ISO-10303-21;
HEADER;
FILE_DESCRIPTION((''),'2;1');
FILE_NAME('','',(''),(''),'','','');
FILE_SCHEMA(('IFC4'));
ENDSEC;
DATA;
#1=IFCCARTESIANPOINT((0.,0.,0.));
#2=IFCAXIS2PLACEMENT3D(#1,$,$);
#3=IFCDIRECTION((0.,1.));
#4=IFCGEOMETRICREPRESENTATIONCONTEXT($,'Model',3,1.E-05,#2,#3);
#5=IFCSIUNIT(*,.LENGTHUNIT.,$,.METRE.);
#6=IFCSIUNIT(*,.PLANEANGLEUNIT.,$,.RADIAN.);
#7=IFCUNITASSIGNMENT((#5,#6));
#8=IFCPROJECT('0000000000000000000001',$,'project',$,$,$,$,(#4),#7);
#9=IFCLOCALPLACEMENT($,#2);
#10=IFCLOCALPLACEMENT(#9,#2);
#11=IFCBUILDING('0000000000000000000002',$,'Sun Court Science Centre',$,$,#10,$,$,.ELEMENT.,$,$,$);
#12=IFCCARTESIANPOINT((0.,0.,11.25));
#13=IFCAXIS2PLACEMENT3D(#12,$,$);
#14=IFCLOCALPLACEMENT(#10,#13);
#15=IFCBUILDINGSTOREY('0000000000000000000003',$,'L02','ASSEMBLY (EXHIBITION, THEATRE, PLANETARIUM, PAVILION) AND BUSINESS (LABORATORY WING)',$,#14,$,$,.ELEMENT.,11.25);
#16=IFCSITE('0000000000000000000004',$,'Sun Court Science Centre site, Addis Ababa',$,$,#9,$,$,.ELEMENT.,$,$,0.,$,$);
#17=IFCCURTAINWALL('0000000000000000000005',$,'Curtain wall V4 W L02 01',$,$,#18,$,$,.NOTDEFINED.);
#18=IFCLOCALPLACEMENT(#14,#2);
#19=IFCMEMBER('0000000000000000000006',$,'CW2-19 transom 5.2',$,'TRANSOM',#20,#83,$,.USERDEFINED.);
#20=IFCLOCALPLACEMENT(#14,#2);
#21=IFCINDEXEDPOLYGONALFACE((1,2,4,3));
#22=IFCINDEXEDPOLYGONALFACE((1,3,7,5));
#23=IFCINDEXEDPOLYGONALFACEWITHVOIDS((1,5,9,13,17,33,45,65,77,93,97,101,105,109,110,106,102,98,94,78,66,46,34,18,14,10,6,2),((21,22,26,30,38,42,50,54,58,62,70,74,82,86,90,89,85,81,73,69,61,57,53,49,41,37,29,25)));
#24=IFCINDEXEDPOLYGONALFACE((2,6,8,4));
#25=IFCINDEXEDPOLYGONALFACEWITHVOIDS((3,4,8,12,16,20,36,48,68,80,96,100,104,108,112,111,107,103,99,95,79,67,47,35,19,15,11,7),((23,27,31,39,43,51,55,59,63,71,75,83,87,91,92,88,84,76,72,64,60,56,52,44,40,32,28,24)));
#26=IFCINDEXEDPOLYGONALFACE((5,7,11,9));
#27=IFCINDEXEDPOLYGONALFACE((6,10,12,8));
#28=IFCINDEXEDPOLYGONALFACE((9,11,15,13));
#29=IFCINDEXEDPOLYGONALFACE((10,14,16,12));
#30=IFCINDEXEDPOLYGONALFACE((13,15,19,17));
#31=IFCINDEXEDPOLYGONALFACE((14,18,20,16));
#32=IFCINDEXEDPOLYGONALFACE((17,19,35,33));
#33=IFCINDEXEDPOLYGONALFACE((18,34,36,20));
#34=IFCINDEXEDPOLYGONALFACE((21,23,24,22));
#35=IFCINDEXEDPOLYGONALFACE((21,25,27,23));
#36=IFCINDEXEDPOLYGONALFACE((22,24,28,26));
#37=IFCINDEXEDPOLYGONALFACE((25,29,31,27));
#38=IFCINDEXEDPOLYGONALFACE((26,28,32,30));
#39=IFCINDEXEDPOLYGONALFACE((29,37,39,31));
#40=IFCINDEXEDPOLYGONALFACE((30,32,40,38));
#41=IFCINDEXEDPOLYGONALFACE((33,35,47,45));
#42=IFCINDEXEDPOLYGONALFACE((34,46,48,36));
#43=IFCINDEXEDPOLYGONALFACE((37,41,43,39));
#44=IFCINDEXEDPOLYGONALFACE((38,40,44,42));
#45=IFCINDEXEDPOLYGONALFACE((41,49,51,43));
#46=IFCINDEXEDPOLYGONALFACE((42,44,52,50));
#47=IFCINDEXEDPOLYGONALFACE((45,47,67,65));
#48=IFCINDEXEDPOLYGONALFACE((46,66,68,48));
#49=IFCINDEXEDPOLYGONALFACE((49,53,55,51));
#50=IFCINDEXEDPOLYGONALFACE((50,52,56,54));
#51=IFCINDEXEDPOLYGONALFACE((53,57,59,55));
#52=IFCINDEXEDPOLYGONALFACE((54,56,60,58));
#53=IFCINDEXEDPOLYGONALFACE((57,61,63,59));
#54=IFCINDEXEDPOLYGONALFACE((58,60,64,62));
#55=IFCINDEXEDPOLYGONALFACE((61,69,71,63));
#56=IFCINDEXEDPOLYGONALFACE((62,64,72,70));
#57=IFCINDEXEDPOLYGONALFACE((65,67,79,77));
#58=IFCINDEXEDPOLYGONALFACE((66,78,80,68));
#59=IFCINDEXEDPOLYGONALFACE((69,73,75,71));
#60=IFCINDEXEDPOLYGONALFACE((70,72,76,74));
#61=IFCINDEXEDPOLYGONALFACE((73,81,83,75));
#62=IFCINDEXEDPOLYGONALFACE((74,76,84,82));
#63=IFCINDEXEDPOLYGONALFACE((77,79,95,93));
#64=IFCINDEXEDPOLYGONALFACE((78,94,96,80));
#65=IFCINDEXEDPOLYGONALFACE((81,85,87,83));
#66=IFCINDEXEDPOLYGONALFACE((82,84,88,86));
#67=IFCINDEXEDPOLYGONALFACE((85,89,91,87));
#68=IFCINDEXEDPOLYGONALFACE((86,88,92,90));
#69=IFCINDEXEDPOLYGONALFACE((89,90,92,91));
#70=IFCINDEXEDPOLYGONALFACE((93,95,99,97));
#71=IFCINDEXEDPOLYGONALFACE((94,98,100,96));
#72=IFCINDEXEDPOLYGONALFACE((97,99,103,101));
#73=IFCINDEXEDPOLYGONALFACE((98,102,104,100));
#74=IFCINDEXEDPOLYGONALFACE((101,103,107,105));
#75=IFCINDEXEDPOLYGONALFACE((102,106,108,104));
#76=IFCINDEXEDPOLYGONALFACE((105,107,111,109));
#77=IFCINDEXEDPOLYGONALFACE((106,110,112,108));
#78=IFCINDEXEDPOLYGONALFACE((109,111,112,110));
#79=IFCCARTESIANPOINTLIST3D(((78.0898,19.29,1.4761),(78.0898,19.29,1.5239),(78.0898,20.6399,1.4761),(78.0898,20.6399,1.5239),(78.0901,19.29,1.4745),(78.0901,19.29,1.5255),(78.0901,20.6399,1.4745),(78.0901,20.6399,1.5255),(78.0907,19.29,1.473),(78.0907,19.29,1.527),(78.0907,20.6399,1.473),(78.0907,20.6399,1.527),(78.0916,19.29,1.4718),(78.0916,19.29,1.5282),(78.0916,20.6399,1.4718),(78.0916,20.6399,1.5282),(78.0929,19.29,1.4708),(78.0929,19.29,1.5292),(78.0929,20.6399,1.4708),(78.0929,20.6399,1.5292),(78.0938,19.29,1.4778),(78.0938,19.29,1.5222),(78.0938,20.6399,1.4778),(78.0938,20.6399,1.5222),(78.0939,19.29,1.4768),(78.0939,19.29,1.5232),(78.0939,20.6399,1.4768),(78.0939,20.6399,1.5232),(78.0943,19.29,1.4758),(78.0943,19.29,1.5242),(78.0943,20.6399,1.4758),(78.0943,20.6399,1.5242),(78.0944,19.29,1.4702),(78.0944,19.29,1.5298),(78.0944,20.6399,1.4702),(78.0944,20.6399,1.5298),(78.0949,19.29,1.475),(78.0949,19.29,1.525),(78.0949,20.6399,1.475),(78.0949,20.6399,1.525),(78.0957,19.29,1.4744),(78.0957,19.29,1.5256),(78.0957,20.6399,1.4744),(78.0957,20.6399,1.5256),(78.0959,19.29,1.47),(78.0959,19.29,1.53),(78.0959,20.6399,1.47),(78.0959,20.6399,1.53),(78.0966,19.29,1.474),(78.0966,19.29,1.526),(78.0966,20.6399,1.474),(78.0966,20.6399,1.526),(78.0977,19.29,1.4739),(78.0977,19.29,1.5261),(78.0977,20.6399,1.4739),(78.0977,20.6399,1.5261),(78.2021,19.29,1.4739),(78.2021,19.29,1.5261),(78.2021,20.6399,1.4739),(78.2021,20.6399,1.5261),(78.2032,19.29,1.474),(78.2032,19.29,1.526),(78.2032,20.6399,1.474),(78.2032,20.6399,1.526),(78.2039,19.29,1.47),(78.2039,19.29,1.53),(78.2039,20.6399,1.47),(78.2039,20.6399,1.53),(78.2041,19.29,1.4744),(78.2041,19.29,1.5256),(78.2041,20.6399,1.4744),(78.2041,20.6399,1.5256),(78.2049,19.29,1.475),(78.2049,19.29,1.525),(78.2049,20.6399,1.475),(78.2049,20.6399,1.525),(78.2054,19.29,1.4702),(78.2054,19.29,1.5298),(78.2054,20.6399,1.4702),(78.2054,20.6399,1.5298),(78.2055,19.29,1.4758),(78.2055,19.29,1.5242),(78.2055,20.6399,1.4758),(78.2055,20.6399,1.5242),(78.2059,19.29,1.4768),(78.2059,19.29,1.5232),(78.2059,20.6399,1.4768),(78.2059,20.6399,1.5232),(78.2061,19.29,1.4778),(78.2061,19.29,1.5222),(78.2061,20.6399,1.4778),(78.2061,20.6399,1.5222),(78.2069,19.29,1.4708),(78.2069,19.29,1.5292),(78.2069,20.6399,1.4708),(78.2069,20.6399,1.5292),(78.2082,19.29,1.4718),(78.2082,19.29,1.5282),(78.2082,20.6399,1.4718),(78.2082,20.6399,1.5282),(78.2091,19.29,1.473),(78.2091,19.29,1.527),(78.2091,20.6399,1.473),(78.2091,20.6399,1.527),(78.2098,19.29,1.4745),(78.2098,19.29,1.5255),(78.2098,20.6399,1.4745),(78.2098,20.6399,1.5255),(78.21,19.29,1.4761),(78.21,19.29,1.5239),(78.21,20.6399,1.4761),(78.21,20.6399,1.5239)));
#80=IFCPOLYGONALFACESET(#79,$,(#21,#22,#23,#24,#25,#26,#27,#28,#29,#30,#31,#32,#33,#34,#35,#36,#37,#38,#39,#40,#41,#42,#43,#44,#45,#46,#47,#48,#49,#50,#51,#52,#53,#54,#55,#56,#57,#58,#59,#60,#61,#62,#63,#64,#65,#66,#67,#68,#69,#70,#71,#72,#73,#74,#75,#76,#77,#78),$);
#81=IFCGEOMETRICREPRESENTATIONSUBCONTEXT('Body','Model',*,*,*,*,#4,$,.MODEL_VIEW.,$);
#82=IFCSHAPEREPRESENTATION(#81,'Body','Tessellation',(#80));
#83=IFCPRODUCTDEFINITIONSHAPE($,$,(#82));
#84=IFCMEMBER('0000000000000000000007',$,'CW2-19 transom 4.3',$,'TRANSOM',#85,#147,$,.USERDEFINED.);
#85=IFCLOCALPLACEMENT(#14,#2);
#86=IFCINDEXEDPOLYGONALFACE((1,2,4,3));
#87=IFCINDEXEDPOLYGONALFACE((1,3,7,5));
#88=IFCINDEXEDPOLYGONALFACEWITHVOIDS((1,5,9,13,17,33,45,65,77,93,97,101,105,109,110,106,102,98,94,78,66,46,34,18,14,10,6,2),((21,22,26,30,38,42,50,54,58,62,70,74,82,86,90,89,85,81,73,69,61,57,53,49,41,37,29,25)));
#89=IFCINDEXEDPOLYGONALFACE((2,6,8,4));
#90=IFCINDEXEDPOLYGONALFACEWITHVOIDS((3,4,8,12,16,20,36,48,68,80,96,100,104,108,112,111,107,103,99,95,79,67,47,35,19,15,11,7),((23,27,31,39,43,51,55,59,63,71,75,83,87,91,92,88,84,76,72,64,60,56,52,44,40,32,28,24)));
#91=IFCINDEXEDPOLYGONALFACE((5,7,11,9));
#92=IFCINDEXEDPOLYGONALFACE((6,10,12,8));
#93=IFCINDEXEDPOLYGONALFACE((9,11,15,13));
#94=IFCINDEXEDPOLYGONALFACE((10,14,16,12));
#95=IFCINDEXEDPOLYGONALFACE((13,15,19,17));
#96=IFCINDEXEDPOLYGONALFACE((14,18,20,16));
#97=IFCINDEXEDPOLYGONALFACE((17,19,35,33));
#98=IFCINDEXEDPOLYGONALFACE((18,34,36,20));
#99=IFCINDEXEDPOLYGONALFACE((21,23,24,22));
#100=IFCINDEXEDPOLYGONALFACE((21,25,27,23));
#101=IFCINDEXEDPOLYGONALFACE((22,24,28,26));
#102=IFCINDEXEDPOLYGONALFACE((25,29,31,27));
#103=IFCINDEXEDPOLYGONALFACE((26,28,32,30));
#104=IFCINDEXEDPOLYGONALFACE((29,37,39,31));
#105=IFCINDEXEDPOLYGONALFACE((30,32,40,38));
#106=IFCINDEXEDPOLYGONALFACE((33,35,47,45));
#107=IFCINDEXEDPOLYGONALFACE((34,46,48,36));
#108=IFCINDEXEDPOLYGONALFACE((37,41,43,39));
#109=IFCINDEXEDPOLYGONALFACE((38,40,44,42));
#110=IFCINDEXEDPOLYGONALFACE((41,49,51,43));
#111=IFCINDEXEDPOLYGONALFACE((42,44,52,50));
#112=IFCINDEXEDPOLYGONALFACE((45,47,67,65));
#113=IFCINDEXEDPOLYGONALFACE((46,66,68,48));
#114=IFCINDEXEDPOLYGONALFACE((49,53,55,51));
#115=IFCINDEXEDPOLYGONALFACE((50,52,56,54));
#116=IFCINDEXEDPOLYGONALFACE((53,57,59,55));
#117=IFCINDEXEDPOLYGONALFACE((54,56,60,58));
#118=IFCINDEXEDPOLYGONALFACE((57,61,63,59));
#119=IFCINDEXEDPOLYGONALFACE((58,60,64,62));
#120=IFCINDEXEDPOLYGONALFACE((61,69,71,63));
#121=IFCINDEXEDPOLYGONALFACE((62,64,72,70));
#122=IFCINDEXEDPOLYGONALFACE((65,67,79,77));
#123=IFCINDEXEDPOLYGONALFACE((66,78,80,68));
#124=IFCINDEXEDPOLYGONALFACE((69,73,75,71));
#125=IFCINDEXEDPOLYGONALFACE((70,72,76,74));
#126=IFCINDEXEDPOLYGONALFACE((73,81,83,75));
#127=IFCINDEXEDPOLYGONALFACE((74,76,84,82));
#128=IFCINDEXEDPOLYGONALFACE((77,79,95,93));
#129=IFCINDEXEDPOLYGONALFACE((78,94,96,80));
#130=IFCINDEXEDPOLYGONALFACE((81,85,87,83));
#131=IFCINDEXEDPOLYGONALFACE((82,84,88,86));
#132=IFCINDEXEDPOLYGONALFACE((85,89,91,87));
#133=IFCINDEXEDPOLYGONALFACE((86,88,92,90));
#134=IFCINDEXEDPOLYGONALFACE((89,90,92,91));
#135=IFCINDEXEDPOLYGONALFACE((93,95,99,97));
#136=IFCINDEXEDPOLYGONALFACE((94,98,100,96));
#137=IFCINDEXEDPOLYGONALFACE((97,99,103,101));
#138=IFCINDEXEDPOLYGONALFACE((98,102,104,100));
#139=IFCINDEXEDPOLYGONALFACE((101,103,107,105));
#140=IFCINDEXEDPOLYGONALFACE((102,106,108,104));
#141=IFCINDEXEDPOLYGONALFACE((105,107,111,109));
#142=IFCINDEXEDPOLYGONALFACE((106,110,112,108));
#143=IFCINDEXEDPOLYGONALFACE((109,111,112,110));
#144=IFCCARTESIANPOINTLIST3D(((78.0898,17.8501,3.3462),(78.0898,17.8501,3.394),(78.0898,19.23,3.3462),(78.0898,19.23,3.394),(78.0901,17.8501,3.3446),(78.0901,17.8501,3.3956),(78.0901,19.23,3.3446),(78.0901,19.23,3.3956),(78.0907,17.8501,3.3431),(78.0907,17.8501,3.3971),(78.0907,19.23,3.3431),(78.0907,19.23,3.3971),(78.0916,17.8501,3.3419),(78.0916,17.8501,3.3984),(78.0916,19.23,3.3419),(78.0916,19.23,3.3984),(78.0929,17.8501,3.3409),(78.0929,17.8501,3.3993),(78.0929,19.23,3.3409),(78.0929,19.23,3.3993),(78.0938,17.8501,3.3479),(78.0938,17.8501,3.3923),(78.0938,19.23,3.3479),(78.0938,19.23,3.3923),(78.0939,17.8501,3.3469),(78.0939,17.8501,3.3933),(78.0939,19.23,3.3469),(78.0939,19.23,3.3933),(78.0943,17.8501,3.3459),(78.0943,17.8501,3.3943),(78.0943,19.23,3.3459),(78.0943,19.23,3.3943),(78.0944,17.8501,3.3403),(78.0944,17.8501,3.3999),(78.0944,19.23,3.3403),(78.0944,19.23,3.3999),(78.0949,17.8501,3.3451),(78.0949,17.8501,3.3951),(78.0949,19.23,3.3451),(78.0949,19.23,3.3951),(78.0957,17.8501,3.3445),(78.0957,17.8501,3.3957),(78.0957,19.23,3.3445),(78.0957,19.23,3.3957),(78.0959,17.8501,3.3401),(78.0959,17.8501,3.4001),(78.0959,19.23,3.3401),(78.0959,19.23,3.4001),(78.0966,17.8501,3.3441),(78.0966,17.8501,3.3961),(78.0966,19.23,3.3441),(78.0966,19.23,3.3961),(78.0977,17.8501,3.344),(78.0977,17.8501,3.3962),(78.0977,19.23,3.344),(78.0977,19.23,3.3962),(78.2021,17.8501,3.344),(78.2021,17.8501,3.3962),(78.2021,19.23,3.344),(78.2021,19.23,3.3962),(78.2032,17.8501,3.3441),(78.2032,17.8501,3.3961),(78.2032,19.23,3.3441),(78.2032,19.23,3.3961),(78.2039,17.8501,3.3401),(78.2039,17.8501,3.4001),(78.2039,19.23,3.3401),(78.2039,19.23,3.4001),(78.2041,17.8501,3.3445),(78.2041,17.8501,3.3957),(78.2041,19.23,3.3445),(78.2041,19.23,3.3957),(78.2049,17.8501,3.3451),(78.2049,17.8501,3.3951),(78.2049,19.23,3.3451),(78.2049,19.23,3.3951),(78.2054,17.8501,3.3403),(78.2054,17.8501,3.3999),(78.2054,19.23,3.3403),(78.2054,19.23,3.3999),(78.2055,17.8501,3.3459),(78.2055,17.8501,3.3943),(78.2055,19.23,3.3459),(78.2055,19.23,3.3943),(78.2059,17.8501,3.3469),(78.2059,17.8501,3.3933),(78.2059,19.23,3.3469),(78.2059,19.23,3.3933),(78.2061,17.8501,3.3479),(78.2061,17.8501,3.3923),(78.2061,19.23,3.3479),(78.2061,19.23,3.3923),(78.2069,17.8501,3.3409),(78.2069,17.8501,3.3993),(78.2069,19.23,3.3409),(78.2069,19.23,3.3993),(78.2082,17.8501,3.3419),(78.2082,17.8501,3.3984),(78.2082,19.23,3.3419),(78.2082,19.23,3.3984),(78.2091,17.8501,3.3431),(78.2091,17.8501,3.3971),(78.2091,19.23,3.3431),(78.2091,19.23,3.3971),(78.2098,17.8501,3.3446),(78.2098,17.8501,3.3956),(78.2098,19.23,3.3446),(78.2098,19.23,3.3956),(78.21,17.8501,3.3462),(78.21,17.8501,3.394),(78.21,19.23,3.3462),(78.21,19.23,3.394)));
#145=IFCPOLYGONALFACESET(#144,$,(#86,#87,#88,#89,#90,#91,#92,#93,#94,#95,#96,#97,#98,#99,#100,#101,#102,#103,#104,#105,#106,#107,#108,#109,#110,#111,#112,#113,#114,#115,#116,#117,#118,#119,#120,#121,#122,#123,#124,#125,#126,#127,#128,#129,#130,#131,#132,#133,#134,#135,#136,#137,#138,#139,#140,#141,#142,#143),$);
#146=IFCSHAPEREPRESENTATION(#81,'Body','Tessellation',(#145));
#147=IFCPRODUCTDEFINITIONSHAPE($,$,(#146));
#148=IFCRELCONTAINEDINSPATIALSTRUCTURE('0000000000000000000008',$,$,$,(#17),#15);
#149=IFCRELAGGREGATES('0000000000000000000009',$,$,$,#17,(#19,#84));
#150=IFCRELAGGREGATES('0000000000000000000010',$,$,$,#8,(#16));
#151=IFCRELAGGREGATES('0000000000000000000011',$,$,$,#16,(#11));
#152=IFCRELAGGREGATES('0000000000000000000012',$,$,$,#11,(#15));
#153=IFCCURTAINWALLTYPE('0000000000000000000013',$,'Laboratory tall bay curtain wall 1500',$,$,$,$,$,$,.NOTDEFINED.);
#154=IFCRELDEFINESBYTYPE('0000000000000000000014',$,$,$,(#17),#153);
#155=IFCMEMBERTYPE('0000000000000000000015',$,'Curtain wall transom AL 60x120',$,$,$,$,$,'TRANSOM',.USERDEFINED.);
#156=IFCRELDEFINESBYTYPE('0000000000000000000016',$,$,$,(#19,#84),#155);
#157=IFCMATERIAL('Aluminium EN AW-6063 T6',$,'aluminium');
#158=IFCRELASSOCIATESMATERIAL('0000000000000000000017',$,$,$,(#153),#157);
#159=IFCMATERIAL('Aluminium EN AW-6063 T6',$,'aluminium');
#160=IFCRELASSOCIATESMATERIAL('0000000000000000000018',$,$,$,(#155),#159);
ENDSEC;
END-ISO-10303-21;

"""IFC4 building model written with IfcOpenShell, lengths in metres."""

from ifc_helpers import new_model, si_unit, direction, frame, origin, origin_2d, place, context, subcontext, project, spatial, hollow_rectangle, extrude, material, material_profile, profile_set, type_object, element, aggregate, save


model = new_model("IFC4")

# Units and contexts
model_context = context("Model", 3, precision=1e-05, world=origin(), true_north=direction((0.0, 1.0)))
body_context = subcontext(model_context, "Body", "Model", "MODEL_VIEW")
ifc_project = project(units=[si_unit("LENGTHUNIT", "METRE"), si_unit("PLANEANGLEUNIT", "RADIAN")], contexts=[model_context])

# Site, building, storey
site_placement = place(None, origin())
site = spatial("IfcSite", under=ifc_project, at=site_placement, Name="Sun Court Science Centre site, Addis Ababa", CompositionType="ELEMENT", RefElevation=0.0)
building_placement = place(site_placement, origin())
building = spatial("IfcBuilding", under=site, at=building_placement, Name="Sun Court Science Centre", CompositionType="ELEMENT")
storey_placement = place(building_placement, frame((0.0, 0.0, 11.25)))
storey = spatial("IfcBuildingStorey", under=building, at=storey_placement, Name="L02", Description="ASSEMBLY (EXHIBITION, THEATRE, PLANETARIUM, PAVILION) AND BUSINESS (LABORATORY WING)", CompositionType="ELEMENT", Elevation=11.25)

# Curtain wall
ifc_material_1 = material(Name="Aluminium EN AW-6063 T6", Category="aluminium")
curtain_wall_type = type_object("IfcCurtainWallType", Name="Laboratory tall bay curtain wall 1500", PredefinedType="NOTDEFINED", material=ifc_material_1)
curtain_wall_1_placement = place(storey_placement, origin())
curtain_wall_1 = element("IfcCurtainWall", 1, at=curtain_wall_1_placement, inside=storey, type_object=curtain_wall_type, Name="Curtain wall V4 W L02 01", PredefinedType="NOTDEFINED")

# Members
ifc_material_2 = material(Name="Aluminium EN AW-6063 T6", Category="aluminium")
ifc_material_profile_1 = material_profile(ifc_material_2, hollow_rectangle(XDim=0.0601, YDim=0.1201, WallThickness=0.0039, InnerFilletRadius=0.0039, OuterFilletRadius=0.0061, at=origin_2d()), Name="AL 60x120x4")
ifc_profile_set_1 = profile_set([ifc_material_profile_1], Name="Aluminium EN AW-6063 T6")
member_type_1 = type_object("IfcMemberType", Name="Curtain wall transom AL 60x120", ElementType="TRANSOM", PredefinedType="USERDEFINED", material=ifc_profile_set_1)
member_1_placement = place(storey_placement, frame((78.1499, 19.29, 1.5), z_axis=(0.0, 1.0, 0.0), x_axis=(0.0, 0.0, 1.0)))
member_1 = element("IfcMember", 2, at=member_1_placement, type_object=member_type_1, Name="CW2-19 transom 5.2", ObjectType="TRANSOM", PredefinedType="USERDEFINED", context=body_context, shape_type="SweptSolid", body=[
    extrude(hollow_rectangle(XDim=0.0601, YDim=0.1201, WallThickness=0.0039, InnerFilletRadius=0.0039, OuterFilletRadius=0.0061, at=origin_2d()), origin(), (0.0, 0.0, 1.0), 1.3499),
])
member_2_placement = place(storey_placement, frame((78.1499, 17.8501, 3.3701), z_axis=(0.0, 1.0, 0.0), x_axis=(0.0, 0.0, 1.0)))
member_2 = element("IfcMember", 3, at=member_2_placement, type_object=member_type_1, Name="CW2-19 transom 4.3", ObjectType="TRANSOM", PredefinedType="USERDEFINED", context=body_context, shape_type="SweptSolid", body=[
    extrude(hollow_rectangle(XDim=0.0601, YDim=0.1201, WallThickness=0.0039, InnerFilletRadius=0.0039, OuterFilletRadius=0.0061, at=origin_2d()), origin(), (0.0, 0.0, 1.0), 1.3799),
])

aggregate(curtain_wall_1, [member_1, member_2])

save(model, "model.ifc")
